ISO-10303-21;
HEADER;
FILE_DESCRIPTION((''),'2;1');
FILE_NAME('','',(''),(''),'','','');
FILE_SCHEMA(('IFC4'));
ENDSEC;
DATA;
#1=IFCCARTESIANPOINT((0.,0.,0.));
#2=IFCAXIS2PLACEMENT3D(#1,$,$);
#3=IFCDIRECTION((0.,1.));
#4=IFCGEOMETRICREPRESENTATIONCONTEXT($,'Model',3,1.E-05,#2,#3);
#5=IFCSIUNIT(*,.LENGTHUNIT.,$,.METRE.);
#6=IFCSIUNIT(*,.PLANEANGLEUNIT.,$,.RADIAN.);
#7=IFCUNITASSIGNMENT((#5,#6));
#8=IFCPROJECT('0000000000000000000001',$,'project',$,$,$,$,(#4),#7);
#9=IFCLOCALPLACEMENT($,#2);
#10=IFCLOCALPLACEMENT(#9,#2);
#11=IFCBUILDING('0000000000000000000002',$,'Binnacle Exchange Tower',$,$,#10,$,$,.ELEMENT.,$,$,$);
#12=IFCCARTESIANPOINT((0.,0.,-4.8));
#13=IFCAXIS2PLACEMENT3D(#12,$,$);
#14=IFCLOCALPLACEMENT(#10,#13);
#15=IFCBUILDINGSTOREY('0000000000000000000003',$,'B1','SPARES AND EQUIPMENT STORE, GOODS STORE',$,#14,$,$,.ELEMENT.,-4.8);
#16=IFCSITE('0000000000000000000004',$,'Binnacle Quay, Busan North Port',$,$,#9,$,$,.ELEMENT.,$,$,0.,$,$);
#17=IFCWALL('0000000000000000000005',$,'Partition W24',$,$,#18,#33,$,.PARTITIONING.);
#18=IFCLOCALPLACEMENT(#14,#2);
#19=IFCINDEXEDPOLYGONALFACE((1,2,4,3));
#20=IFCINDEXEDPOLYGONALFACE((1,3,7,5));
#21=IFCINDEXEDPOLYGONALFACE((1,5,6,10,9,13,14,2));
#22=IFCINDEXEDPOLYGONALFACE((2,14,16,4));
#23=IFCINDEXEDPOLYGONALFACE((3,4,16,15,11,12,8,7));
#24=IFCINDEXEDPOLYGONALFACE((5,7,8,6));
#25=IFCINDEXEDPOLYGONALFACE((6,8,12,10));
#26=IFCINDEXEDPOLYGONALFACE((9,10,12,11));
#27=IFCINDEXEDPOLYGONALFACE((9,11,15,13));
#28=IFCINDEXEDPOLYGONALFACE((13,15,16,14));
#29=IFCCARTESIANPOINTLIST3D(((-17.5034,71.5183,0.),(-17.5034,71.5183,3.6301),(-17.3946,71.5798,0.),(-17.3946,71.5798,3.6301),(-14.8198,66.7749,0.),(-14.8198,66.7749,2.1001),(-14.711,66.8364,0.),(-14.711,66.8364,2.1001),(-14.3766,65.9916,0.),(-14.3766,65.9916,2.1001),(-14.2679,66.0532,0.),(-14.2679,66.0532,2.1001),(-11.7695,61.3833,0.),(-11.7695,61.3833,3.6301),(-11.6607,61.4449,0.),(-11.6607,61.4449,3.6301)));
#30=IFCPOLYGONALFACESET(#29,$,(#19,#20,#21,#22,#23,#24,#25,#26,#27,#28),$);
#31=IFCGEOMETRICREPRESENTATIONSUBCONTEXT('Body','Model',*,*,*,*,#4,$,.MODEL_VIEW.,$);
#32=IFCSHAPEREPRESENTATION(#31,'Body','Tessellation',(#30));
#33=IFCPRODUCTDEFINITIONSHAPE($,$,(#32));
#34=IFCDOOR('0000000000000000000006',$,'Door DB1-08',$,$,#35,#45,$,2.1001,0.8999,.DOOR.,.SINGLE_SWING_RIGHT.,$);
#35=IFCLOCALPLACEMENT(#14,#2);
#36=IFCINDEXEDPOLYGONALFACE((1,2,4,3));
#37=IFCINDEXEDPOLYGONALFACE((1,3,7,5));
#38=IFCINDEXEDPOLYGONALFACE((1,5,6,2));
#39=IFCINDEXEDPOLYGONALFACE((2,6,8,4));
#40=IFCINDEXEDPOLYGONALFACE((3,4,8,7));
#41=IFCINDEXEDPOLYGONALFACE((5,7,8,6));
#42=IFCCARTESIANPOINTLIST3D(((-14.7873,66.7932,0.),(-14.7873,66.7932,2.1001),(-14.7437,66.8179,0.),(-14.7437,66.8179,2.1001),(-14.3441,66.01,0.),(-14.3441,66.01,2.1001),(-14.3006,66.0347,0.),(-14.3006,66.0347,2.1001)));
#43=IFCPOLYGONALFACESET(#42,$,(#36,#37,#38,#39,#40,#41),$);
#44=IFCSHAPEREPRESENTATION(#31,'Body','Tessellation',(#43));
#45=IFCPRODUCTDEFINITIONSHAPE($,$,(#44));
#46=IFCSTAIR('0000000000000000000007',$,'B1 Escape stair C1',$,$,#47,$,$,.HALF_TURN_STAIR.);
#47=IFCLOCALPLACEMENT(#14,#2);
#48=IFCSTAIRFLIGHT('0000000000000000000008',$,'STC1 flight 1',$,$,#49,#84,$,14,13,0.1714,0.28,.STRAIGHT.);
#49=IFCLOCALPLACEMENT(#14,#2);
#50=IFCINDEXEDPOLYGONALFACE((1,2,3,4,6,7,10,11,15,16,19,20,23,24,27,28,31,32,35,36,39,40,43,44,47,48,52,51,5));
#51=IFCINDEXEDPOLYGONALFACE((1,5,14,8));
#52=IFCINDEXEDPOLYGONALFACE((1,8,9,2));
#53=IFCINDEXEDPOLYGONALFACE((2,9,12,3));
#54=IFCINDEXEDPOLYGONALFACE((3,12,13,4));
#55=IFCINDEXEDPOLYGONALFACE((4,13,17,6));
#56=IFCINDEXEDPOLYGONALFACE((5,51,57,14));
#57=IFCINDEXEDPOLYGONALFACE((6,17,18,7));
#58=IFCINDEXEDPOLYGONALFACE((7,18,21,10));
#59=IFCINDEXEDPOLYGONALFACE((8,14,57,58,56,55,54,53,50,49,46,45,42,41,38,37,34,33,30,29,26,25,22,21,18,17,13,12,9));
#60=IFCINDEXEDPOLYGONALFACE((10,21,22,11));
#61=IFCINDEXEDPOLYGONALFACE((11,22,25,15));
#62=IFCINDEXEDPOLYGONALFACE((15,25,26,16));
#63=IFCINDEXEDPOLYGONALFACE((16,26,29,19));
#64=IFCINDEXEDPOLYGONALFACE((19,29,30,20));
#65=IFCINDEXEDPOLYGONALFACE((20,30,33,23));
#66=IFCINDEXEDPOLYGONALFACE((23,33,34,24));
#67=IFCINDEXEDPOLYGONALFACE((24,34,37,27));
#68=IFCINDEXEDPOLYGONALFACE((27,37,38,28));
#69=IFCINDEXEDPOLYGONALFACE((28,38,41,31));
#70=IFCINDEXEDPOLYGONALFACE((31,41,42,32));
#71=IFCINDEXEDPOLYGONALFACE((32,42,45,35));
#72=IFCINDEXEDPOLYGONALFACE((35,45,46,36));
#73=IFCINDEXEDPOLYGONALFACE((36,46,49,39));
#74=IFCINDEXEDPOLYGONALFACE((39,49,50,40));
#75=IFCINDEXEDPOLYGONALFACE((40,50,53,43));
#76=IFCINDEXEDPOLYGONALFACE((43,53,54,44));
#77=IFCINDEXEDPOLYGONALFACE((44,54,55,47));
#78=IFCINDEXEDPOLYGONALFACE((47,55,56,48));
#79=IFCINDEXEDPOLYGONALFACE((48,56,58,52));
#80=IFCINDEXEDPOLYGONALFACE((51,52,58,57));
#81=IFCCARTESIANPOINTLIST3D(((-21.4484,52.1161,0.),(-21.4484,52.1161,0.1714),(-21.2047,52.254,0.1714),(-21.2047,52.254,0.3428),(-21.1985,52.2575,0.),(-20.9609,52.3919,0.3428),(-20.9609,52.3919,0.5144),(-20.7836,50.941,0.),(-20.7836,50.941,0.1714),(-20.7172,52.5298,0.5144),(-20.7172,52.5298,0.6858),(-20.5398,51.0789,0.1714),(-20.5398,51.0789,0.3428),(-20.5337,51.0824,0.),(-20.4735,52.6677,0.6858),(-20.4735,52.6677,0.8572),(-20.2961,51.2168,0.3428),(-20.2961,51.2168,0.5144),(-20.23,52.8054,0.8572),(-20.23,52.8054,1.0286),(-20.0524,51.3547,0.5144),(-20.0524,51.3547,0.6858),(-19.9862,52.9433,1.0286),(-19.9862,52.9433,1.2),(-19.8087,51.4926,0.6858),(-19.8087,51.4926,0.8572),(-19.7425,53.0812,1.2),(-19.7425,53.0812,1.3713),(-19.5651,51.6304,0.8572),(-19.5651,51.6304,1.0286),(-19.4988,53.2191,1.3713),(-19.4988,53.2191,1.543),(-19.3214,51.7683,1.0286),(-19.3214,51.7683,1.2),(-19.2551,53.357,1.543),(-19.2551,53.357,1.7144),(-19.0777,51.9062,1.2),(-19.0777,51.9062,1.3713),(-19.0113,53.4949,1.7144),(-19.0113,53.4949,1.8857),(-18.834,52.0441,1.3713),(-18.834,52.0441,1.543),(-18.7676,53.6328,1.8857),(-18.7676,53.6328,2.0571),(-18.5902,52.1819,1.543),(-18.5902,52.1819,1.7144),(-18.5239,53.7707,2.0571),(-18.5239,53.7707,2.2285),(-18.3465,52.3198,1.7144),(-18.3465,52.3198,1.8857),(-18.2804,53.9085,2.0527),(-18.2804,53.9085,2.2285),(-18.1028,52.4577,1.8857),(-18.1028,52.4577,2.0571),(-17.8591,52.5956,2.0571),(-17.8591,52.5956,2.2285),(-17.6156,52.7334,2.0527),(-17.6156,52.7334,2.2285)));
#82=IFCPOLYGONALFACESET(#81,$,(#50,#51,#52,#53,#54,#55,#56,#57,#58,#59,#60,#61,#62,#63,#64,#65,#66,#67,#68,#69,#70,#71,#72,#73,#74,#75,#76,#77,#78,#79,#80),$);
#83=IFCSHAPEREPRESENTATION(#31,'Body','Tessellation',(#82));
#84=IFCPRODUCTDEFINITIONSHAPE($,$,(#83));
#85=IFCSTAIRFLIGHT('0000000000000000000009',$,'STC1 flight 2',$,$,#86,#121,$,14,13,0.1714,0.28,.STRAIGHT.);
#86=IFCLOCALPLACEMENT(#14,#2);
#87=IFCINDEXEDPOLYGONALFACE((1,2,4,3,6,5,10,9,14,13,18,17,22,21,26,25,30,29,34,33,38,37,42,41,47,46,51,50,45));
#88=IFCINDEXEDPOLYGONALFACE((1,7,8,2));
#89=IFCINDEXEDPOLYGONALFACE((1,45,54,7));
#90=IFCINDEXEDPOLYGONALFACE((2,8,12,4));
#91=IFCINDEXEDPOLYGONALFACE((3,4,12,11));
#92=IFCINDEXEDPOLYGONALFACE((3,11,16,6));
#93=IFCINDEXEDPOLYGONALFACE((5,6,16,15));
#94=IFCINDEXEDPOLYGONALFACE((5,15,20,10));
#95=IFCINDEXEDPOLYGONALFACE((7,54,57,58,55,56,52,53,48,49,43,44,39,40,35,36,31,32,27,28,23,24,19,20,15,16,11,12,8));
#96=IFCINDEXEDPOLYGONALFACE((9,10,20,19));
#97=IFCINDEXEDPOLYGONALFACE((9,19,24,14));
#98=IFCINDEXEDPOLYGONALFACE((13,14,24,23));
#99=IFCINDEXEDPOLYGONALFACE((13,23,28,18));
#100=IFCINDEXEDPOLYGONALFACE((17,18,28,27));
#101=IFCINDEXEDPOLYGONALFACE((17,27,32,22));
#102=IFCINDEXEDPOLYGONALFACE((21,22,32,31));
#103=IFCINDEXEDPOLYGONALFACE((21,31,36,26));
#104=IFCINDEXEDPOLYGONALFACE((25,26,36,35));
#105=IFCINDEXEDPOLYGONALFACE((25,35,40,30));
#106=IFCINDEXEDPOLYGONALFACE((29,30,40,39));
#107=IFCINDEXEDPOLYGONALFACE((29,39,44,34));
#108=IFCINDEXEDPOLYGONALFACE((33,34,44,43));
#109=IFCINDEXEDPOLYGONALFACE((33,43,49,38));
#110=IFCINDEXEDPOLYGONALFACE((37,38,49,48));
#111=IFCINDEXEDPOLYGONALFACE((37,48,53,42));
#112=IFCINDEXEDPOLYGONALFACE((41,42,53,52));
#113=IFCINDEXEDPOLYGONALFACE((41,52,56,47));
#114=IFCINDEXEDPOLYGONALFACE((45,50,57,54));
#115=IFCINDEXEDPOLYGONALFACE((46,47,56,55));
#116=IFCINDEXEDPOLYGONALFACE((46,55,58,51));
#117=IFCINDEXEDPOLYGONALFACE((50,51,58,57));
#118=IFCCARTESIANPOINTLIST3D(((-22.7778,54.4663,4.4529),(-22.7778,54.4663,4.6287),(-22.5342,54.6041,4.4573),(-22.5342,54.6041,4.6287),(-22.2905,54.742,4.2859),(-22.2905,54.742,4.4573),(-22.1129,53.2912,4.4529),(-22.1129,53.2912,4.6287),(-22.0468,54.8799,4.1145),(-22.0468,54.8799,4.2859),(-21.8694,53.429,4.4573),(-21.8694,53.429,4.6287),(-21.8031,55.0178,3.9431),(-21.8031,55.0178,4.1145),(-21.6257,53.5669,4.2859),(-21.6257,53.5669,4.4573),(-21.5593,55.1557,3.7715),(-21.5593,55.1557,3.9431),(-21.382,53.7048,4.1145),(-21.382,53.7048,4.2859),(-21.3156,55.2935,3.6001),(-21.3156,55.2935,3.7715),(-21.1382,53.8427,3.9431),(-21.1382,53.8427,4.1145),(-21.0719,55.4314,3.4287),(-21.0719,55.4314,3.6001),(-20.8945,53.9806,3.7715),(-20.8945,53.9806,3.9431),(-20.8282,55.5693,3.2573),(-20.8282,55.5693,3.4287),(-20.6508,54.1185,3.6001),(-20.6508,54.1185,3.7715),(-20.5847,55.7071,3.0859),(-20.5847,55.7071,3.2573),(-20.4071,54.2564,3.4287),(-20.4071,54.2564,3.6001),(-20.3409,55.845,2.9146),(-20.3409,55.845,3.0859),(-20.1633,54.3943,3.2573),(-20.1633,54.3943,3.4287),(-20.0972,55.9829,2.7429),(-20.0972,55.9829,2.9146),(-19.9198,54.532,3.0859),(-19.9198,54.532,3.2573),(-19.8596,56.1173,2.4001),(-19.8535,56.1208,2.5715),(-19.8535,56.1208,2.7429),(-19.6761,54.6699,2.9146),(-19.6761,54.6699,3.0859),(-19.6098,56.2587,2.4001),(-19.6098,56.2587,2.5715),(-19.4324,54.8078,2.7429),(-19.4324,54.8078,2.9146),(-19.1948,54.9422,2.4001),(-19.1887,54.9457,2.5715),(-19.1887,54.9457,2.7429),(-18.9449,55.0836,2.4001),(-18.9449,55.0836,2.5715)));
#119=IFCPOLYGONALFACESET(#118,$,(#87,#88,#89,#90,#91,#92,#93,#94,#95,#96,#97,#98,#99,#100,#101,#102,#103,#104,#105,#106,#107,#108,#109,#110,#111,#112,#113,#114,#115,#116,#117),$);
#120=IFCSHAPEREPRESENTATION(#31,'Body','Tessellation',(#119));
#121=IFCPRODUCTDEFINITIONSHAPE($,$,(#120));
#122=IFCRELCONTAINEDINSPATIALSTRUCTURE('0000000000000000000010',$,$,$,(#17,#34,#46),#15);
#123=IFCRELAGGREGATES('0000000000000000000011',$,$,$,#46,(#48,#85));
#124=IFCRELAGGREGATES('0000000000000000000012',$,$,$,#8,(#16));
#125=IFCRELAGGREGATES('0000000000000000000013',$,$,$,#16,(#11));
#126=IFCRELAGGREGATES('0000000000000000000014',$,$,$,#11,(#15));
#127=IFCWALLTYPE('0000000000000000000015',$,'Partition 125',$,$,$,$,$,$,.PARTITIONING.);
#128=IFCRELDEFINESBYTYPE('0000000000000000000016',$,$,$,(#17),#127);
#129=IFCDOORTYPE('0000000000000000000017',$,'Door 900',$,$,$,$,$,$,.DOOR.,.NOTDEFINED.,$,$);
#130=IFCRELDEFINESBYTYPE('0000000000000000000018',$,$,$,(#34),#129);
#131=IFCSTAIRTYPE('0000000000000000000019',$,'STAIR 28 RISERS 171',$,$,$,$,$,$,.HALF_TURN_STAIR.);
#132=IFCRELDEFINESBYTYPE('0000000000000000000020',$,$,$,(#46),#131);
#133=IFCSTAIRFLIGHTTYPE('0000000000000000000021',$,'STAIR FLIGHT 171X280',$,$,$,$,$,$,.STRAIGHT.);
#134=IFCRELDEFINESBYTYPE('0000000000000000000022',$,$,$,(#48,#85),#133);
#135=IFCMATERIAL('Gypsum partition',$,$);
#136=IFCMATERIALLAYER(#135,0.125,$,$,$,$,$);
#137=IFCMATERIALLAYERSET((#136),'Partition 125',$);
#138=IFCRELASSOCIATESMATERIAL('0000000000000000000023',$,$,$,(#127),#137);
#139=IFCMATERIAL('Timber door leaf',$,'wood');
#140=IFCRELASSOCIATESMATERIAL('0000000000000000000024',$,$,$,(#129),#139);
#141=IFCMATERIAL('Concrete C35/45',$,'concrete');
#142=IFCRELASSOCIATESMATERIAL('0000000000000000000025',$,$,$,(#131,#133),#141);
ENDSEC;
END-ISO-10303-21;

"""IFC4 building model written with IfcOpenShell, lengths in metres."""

from ifc_helpers import new_model, si_unit, direction, frame, frame_2d, origin, place, context, subcontext, project, spatial, polyline, rectangle, outline, extrude, material, layer, layer_set, type_object, element, fill, aggregate, save


model = new_model("IFC4")

# Units and contexts
model_context = context("Model", 3, precision=1e-05, world=origin(), true_north=direction((0.0, 1.0)))
body_context = subcontext(model_context, "Body", "Model", "MODEL_VIEW")
ifc_project = project(units=[si_unit("LENGTHUNIT", "METRE"), si_unit("PLANEANGLEUNIT", "RADIAN")], contexts=[model_context])

# Site, building, storey
site_placement = place(None, origin())
site = spatial("IfcSite", under=ifc_project, at=site_placement, Name="Binnacle Quay, Busan North Port", CompositionType="ELEMENT", RefElevation=0.0)
building_placement = place(site_placement, origin())
building = spatial("IfcBuilding", under=site, at=building_placement, Name="Binnacle Exchange Tower", CompositionType="ELEMENT")
storey_placement = place(building_placement, frame((0.0, 0.0, -4.8)))
storey = spatial("IfcBuildingStorey", under=building, at=storey_placement, Name="B1", Description="SPARES AND EQUIPMENT STORE, GOODS STORE", CompositionType="ELEMENT", Elevation=-4.8)

# Wall, opening, door
ifc_material_1 = material(Name="Gypsum partition")
ifc_layer_1 = layer(ifc_material_1, 0.125)
ifc_layer_set_1 = layer_set([ifc_layer_1], Name="Partition 125")
wall_type_1 = type_object("IfcWallType", Name="Partition 125", PredefinedType="PARTITIONING", material=ifc_layer_set_1)
wall_1_placement = place(storey_placement, frame((-17.449, 71.5491, 0.0), z_axis=(0.0, 0.0, 1.0), x_axis=(0.492409, -0.870364, 0.0)))
wall_1 = element("IfcWall", 1, at=wall_1_placement, inside=storey, type_object=wall_type_1, Name="Partition W24", PredefinedType="PARTITIONING", context=body_context, shape_type="SweptSolid", body=[
    extrude(rectangle(XDim=11.6445, YDim=0.125, at=frame_2d((5.8223, 0.0))), origin(), (0.0, 0.0, 1.0), 3.6301),
])
opening_1_placement = place(wall_1_placement, frame((5.45, 0.0, 0.0)))
opening_1 = element("IfcOpeningElement", 2, at=opening_1_placement, cuts=wall_1, PredefinedType="OPENING", context=body_context, shape_type="SweptSolid", body=[
    extrude(rectangle(XDim=0.8999, YDim=2.1001, at=frame_2d((0.45, 1.05))), frame((0.0, 0.0725, 0.0), z_axis=(0.0, -1.0, 0.0), x_axis=(1.0, 0.0, 0.0)), (0.0, 0.0, 1.0), 0.145),
])
ifc_material_2 = material(Name="Timber door leaf", Category="wood")
door_type_1 = type_object("IfcDoorType", Name="Door 900", OperationType="NOTDEFINED", PredefinedType="DOOR", material=ifc_material_2)
door_1_placement = place(opening_1_placement, origin())
door_1 = element("IfcDoor", 3, at=door_1_placement, inside=storey, type_object=door_type_1, Name="Door DB1-08", OperationType="SINGLE_SWING_RIGHT", OverallHeight=2.1001, OverallWidth=0.8999, PredefinedType="DOOR", context=body_context, shape_type="SweptSolid", body=[
    extrude(rectangle(XDim=0.8999, YDim=2.1001, at=frame_2d((0.45, 1.05))), frame((0.0, 0.0249, 0.0), z_axis=(0.0, -1.0, 0.0), x_axis=(1.0, 0.0, 0.0)), (0.0, 0.0, 1.0), 0.05),
])
fill(opening_1, door_1)

# Stair, stair flights
ifc_material_3 = material(Name="Concrete C35/45", Category="concrete")
stair_type = type_object("IfcStairType", Name="STAIR 28 RISERS 171", PredefinedType="HALF_TURN_STAIR", material=ifc_material_3)
stair_placement = place(storey_placement, origin())
stair = element("IfcStair", 4, at=stair_placement, inside=storey, type_object=stair_type, Name="B1 Escape stair C1", PredefinedType="HALF_TURN_STAIR")
stair_flight_type = type_object("IfcStairFlightType", Name="STAIR FLIGHT 171X280", PredefinedType="STRAIGHT", material=ifc_material_3)
stair_flight_1_placement = place(storey_placement, frame((-21.116, 51.5286, 0.0), z_axis=(0.0, 0.0, 1.0), x_axis=(0.870356, 0.492424, 0.0)))
stair_flight_1 = element("IfcStairFlight", 5, at=stair_flight_1_placement, type_object=stair_flight_type, Name="STC1 flight 1", NumberOfRisers=14, NumberOfTreads=13, PredefinedType="STRAIGHT", RiserHeight=0.1714, TreadLength=0.28, context=body_context, shape_type="SweptSolid", body=[
    extrude(outline(polyline([(0.0, 0.0), (0.0, 0.1714), (0.28, 0.1714), (0.28, 0.3428), (0.5601, 0.3428), (0.5601, 0.5144), (0.8401, 0.5144), (0.8401, 0.6858), (1.1201, 0.6858), (1.1201, 0.8572), (1.3999, 0.8572), (1.3999, 1.0286), (1.6799, 1.0286), (1.6799, 1.2), (1.96, 1.2), (1.96, 1.3713), (2.24, 1.3713), (2.24, 1.543), (2.52, 1.543), (2.52, 1.7144), (2.8, 1.7144), (2.8, 1.8857), (3.0801, 1.8857), (3.0801, 2.0571), (3.3601, 2.0571), (3.3601, 2.2285), (3.6399, 2.2285), (3.6399, 2.3999), (3.6399, 2.0527), (0.2871, 0.0), (0.0, 0.0)])), frame((0.0, 0.675, 0.0), z_axis=(0.0, -1.0, 0.0), x_axis=(1.0, 0.0, 0.0)), (0.0, 0.0, 1.0), 1.3501),
])
stair_flight_2_placement = place(storey_placement, frame((-19.2773, 55.6711, 2.4001), z_axis=(0.0, 0.0, 1.0), x_axis=(-0.870356, -0.492424, 0.0)))
stair_flight_2 = element("IfcStairFlight", 6, at=stair_flight_2_placement, type_object=stair_flight_type, Name="STC1 flight 2", NumberOfRisers=14, NumberOfTreads=13, PredefinedType="STRAIGHT", RiserHeight=0.1714, TreadLength=0.28, context=body_context, shape_type="SweptSolid", body=[
    extrude(outline(polyline([(0.0, 0.0), (0.0, 0.1714), (0.28, 0.1714), (0.28, 0.3428), (0.5601, 0.3428), (0.5601, 0.5144), (0.8401, 0.5144), (0.8401, 0.6858), (1.1201, 0.6858), (1.1201, 0.8572), (1.3999, 0.8572), (1.3999, 1.0286), (1.6799, 1.0286), (1.6799, 1.2), (1.96, 1.2), (1.96, 1.3713), (2.24, 1.3713), (2.24, 1.543), (2.52, 1.543), (2.52, 1.7144), (2.8, 1.7144), (2.8, 1.8857), (3.0801, 1.8857), (3.0801, 2.0571), (3.3601, 2.0571), (3.3601, 2.2285), (3.6399, 2.2285), (3.6399, 2.3999), (3.6399, 2.0527), (0.2871, 0.0), (0.0, 0.0)])), frame((0.0, 0.675, 0.0), z_axis=(0.0, -1.0, 0.0), x_axis=(1.0, 0.0, 0.0)), (0.0, 0.0, 1.0), 1.3501),
])
aggregate(stair, [stair_flight_1, stair_flight_2])

save(model, "model.ifc")
